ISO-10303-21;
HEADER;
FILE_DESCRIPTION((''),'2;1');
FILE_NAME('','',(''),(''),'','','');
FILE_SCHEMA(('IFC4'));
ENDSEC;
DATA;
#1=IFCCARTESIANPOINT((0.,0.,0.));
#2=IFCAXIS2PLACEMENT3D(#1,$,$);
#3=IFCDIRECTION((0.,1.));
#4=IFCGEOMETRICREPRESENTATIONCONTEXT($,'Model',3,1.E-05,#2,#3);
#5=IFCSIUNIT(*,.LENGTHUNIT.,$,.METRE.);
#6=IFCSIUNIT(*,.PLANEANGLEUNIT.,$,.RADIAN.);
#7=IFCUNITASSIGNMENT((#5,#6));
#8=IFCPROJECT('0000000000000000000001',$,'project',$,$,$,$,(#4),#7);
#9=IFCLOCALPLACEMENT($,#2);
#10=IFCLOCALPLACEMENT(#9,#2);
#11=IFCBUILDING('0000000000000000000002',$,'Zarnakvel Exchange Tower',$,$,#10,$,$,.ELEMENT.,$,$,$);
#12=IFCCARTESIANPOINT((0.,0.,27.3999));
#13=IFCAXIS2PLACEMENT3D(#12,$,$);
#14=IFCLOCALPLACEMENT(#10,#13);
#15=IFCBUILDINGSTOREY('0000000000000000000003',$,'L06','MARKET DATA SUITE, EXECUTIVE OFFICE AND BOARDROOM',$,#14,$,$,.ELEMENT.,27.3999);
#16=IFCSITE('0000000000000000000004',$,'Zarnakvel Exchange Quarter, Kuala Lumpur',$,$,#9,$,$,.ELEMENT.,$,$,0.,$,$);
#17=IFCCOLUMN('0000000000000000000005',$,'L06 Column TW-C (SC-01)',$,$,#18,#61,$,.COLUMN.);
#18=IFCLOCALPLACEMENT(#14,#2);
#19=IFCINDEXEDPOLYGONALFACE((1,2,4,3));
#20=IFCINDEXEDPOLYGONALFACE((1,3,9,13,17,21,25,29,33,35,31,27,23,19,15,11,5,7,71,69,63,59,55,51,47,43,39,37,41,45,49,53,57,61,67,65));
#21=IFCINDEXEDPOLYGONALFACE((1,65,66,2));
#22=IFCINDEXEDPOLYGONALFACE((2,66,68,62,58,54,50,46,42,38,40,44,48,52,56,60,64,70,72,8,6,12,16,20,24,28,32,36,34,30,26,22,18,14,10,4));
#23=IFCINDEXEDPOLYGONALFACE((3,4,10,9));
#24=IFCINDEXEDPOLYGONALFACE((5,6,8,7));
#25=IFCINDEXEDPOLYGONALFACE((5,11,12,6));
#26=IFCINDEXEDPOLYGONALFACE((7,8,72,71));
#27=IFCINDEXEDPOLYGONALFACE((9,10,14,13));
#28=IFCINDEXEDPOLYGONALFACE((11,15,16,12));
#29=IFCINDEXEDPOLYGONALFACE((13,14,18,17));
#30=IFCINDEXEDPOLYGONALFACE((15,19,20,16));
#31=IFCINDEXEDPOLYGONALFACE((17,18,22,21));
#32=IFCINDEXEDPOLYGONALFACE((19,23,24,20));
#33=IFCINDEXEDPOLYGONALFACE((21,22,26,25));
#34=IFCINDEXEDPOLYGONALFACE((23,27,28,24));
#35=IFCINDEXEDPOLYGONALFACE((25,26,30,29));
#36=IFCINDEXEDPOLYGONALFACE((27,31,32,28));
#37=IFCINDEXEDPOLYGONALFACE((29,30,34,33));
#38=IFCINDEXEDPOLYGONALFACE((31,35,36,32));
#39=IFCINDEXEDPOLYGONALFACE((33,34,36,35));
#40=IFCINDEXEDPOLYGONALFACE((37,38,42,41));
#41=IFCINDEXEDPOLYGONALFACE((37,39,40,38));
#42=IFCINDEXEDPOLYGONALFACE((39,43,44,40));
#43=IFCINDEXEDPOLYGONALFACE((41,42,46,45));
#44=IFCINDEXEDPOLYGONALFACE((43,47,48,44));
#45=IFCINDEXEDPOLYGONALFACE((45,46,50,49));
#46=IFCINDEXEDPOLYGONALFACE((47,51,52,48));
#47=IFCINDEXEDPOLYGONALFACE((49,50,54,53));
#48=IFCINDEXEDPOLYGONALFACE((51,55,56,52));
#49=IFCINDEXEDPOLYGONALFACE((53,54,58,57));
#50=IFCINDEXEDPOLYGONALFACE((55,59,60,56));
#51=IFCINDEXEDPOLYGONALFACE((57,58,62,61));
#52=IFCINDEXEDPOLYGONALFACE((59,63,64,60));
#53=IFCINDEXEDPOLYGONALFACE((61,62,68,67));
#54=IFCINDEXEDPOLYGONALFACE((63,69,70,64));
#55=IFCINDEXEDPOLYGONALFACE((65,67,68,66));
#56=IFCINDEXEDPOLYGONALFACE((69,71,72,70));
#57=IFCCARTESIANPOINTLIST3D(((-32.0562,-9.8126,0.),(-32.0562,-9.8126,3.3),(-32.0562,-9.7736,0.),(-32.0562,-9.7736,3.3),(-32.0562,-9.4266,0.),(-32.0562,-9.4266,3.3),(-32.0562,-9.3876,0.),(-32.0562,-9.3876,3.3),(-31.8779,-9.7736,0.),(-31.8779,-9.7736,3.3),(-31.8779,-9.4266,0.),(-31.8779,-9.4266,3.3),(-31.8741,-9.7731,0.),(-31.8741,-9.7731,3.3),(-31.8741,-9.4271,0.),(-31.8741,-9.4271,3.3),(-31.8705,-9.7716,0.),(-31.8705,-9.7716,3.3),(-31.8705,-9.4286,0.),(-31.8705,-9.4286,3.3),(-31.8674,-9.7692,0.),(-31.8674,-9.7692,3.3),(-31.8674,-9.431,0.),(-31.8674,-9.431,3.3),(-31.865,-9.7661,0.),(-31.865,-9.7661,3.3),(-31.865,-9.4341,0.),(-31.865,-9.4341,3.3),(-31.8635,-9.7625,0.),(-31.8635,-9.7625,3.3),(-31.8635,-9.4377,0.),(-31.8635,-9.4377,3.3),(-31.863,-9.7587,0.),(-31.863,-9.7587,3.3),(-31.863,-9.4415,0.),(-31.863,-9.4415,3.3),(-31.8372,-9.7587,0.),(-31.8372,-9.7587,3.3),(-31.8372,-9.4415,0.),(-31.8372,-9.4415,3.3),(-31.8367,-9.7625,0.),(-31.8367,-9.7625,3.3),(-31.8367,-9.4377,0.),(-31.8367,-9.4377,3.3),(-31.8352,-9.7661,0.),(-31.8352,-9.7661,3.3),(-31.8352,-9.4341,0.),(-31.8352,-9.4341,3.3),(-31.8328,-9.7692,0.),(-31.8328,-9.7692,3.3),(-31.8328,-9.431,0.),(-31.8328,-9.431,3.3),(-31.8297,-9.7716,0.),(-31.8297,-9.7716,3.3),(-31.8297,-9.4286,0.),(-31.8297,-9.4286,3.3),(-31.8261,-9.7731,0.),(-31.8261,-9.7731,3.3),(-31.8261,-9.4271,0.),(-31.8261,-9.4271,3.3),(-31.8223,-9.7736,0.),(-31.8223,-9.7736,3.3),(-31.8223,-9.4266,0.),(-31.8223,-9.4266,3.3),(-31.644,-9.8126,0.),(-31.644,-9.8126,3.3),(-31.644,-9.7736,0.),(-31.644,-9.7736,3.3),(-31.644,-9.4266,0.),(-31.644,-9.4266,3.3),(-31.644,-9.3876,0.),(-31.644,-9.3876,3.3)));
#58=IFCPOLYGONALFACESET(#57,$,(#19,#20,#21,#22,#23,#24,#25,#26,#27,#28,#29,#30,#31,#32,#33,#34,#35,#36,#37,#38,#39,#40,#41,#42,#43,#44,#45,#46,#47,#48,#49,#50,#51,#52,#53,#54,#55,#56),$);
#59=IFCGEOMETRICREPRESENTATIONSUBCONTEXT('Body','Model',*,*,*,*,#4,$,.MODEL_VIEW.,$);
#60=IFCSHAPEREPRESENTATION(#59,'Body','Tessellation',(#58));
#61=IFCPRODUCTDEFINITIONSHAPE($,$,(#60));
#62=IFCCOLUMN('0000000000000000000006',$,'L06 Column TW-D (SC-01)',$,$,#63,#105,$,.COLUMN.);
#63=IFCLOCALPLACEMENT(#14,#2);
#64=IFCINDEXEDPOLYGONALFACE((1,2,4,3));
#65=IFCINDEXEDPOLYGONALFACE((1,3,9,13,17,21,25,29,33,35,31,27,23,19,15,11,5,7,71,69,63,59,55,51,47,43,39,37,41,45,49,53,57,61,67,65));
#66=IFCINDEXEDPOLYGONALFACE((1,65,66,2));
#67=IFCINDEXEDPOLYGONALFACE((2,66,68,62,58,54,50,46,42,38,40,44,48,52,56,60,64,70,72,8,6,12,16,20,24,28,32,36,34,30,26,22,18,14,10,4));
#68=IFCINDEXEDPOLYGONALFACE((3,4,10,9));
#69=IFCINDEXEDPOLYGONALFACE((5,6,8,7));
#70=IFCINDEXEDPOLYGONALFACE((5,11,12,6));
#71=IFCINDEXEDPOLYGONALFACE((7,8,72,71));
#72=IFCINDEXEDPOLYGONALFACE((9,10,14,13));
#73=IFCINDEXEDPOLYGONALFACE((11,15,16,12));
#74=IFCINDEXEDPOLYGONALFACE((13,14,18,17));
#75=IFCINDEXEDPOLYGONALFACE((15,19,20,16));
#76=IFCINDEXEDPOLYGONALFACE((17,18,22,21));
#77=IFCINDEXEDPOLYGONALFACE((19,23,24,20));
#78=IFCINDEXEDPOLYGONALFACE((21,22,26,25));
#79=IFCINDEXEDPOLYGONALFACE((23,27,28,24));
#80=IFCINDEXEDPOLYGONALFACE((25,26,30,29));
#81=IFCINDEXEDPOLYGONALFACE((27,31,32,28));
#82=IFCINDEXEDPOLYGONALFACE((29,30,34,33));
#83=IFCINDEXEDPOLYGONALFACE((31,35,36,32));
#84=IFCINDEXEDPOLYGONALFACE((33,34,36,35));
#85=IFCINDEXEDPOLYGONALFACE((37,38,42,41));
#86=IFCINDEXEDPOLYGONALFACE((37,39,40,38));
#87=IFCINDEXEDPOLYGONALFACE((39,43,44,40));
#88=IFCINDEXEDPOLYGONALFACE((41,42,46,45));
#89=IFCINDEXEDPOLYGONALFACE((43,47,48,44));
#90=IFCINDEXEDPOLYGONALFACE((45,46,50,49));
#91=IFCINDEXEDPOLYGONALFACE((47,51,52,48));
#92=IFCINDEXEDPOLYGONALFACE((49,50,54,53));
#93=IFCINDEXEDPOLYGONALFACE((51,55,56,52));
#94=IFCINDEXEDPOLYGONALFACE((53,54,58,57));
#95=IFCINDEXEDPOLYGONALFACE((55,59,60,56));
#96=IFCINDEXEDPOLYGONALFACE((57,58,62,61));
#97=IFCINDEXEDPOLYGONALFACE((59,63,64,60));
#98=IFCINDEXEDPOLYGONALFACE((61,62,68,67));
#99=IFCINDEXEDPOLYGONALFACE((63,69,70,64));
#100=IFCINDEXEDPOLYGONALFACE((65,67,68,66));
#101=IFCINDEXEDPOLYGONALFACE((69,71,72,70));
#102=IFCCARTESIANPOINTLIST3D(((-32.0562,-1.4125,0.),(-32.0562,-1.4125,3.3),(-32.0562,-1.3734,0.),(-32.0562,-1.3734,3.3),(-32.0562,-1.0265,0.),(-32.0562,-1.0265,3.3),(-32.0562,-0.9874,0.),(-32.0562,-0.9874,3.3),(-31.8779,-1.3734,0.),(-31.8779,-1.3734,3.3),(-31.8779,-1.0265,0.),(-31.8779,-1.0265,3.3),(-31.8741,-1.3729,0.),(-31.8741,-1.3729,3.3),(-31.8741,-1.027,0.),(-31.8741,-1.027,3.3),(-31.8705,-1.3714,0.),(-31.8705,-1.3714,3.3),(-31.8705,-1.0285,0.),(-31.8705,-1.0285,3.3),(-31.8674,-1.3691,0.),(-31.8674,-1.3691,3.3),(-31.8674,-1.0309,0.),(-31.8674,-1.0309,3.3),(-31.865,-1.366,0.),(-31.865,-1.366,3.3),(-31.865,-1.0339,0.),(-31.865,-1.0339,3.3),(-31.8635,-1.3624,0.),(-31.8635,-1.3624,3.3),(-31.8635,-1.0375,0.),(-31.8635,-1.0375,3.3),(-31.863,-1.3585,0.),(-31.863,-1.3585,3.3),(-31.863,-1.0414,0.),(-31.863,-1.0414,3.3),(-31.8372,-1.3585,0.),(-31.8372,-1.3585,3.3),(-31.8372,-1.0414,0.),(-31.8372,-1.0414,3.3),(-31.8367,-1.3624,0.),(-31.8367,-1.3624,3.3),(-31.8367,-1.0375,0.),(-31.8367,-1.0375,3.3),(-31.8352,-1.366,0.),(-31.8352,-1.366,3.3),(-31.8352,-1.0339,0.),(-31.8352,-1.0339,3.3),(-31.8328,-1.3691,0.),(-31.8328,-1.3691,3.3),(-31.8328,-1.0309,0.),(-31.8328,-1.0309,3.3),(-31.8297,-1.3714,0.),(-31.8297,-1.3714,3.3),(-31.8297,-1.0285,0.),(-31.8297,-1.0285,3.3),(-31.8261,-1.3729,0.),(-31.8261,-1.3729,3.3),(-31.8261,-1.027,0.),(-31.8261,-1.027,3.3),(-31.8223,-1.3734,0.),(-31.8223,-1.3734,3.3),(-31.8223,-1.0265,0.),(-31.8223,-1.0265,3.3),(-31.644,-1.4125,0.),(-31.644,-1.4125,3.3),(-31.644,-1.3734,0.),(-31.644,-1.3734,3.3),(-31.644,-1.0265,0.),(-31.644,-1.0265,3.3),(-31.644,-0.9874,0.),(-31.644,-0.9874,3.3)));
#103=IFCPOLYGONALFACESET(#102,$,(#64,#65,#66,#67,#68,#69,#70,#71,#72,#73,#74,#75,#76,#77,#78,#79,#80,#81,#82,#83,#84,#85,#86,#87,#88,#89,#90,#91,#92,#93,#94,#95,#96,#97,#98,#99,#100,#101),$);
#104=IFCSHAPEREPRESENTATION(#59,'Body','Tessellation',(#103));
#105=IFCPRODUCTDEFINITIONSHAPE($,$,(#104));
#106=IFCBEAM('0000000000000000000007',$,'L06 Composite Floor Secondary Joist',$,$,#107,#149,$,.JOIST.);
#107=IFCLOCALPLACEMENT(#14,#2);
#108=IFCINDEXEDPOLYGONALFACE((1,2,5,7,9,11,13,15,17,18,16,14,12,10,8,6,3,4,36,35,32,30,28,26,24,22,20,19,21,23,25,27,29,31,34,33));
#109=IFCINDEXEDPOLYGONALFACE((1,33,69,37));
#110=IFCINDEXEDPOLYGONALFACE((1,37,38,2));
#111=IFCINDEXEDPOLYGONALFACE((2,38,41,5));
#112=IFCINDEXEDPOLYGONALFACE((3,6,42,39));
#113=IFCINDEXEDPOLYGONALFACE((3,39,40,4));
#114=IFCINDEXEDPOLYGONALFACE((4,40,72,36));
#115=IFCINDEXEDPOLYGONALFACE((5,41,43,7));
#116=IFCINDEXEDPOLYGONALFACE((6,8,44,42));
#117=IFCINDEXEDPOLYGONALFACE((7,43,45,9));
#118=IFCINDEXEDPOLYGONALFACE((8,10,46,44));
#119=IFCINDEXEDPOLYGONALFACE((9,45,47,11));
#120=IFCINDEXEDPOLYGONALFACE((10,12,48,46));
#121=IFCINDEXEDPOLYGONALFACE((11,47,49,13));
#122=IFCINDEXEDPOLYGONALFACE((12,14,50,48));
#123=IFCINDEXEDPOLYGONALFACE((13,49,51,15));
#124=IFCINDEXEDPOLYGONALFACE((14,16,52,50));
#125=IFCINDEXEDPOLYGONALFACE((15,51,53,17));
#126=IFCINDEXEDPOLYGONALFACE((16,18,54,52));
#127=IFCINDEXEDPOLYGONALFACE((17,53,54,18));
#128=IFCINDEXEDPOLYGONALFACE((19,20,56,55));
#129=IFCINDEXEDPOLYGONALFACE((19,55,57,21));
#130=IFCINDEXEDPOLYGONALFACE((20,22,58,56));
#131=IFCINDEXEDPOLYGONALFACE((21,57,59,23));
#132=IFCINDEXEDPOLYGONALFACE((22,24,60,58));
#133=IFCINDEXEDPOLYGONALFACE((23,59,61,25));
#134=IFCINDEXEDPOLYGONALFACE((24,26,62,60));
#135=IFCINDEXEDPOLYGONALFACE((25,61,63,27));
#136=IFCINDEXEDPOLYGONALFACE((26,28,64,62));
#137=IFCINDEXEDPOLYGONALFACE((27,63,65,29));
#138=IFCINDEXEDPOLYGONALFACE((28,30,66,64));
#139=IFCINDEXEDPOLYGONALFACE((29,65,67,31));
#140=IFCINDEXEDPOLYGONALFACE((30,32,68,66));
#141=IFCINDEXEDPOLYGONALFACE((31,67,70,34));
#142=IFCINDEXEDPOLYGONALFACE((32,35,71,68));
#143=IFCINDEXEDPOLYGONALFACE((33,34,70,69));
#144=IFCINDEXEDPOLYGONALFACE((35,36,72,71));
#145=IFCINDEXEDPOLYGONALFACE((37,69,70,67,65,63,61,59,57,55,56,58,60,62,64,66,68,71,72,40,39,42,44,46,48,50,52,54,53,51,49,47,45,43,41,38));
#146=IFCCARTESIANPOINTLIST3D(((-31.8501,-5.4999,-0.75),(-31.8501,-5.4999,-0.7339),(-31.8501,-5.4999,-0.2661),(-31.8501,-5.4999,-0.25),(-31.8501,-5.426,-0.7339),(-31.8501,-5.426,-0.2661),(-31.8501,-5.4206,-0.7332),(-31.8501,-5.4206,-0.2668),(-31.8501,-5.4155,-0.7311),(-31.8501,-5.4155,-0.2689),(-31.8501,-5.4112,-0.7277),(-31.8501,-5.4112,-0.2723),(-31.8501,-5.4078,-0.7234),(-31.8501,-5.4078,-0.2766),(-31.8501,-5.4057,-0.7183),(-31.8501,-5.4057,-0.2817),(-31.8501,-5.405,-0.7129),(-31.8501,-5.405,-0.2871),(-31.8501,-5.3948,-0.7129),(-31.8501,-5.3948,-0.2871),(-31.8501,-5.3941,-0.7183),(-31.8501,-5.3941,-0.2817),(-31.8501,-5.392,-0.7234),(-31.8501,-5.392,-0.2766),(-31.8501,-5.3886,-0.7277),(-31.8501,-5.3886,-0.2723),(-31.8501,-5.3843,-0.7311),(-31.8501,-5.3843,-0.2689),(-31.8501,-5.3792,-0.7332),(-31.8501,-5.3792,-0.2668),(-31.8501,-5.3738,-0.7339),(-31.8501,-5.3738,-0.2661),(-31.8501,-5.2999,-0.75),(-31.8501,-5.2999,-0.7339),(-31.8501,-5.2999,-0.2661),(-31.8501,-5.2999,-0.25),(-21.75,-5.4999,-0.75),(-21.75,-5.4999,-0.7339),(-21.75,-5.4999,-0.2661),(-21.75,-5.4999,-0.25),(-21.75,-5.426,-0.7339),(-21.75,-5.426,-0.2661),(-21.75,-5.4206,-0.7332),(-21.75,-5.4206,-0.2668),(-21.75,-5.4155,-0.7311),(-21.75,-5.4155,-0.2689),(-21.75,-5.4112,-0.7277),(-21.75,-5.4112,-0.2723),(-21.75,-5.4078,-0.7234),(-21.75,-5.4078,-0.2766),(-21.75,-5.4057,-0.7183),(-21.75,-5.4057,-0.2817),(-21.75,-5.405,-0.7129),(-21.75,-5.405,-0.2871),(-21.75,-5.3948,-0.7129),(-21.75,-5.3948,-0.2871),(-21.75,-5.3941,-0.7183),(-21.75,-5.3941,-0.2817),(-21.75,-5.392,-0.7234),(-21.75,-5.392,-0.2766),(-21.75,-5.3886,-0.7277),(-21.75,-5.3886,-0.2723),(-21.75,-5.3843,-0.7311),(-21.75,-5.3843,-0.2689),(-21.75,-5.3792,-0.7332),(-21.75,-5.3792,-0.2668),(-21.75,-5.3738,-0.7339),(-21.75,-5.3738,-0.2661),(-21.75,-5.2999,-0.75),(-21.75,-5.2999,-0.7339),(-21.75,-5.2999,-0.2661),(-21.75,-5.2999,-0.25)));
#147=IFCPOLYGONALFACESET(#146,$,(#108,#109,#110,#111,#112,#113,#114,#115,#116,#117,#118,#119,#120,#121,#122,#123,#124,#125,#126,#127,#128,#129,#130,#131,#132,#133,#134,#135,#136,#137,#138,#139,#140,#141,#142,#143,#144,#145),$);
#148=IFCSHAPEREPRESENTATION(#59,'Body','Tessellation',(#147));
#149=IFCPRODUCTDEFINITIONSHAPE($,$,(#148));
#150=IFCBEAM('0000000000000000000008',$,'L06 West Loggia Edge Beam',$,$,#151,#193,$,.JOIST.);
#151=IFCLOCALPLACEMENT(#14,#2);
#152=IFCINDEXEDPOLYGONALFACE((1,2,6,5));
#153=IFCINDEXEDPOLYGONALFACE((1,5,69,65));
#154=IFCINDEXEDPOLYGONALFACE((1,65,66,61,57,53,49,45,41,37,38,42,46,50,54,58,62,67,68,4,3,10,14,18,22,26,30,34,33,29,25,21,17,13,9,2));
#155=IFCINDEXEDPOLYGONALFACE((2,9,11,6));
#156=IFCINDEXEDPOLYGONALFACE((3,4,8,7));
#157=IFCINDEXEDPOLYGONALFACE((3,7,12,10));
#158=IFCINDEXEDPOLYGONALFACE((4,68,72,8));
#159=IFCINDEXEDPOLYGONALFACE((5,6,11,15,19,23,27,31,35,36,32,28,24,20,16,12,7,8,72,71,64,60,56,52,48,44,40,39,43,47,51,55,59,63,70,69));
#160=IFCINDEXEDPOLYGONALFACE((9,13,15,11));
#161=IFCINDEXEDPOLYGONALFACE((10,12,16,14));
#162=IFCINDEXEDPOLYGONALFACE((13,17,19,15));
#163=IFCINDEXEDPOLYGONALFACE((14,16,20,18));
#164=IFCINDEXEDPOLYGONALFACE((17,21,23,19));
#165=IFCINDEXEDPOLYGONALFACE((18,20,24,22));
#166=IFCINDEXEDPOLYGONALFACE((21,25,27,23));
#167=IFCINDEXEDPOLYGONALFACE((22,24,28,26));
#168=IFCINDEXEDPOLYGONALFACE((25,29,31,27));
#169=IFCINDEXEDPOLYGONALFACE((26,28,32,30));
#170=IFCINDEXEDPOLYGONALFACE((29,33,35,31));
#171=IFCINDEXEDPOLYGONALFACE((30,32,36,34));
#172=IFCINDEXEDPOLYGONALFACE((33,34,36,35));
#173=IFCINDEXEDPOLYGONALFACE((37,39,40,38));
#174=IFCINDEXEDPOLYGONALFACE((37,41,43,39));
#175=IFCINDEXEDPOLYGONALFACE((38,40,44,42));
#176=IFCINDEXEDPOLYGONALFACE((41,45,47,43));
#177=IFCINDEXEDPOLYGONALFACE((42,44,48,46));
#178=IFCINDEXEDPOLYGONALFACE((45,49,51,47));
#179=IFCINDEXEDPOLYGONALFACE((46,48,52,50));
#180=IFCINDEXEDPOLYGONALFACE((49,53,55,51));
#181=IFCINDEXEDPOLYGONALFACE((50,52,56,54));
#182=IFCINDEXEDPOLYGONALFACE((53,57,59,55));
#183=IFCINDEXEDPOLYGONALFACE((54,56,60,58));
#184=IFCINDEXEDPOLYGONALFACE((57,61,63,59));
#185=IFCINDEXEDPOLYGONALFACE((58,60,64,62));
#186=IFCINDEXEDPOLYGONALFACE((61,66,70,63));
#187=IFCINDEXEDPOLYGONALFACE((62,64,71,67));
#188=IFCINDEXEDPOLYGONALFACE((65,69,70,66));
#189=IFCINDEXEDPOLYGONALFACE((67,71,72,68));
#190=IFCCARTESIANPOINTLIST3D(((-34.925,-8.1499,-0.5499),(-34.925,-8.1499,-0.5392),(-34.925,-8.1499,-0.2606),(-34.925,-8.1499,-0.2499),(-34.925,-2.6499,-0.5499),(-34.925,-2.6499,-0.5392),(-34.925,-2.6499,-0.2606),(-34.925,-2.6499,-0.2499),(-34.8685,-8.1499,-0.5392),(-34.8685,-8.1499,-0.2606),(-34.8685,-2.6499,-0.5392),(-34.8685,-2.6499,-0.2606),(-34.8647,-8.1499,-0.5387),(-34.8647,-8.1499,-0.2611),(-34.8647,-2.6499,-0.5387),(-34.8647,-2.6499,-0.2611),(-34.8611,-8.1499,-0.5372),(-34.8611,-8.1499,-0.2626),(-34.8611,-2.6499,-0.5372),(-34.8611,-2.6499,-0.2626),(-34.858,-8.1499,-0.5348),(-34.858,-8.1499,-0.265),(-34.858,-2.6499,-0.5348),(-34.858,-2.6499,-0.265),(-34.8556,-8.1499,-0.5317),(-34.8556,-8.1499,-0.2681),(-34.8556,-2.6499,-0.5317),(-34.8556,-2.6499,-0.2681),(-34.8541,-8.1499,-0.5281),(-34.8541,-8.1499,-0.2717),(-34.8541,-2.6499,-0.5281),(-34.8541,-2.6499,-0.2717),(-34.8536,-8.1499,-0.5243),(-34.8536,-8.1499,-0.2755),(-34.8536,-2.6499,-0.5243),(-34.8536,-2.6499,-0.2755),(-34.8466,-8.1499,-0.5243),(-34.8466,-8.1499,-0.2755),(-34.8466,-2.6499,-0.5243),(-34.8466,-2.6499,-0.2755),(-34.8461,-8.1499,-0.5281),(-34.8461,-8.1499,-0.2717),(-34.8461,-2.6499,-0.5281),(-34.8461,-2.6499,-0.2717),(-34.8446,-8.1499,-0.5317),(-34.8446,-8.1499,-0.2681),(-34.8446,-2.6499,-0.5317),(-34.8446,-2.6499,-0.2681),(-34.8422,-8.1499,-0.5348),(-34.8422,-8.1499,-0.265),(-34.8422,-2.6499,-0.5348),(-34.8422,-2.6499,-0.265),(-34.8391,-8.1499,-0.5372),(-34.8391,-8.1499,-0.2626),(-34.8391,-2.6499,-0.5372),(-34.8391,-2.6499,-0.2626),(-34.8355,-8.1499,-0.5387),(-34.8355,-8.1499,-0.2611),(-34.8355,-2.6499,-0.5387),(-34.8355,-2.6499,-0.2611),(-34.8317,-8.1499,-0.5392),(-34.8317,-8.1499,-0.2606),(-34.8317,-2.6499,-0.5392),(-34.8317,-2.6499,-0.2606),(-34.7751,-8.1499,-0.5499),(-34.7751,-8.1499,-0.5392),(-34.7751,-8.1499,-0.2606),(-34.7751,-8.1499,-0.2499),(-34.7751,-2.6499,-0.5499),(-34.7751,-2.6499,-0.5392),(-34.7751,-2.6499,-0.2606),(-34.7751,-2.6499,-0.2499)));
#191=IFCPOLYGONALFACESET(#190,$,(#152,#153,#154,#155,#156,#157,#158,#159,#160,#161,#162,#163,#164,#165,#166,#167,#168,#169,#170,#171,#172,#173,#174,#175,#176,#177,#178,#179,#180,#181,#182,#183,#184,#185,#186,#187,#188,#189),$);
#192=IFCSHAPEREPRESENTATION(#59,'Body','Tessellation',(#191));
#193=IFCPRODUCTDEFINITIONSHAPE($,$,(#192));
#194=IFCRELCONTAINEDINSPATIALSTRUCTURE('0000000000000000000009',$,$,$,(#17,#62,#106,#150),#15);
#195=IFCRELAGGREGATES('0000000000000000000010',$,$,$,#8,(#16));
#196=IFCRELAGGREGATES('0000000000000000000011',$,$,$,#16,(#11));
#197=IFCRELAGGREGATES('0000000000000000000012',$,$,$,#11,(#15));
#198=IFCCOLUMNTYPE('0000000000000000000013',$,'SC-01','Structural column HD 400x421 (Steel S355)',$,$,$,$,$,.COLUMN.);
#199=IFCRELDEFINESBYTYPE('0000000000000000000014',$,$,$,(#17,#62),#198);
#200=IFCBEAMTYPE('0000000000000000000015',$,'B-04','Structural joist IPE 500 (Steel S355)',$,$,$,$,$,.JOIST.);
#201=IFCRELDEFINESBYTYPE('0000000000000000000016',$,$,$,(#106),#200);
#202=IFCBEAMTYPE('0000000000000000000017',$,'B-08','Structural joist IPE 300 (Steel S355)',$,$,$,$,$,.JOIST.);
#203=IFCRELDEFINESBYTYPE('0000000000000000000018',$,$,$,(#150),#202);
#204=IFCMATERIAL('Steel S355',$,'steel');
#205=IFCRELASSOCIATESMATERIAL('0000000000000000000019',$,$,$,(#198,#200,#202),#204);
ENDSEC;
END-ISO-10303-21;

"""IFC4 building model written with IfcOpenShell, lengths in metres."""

from ifc_helpers import new_model, si_unit, direction, frame, origin, origin_2d, place, context, subcontext, project, spatial, i_section, extrude, material, material_profile, profile_set, type_object, element, save


model = new_model("IFC4")

# Units and contexts
model_context = context("Model", 3, precision=1e-05, world=origin(), true_north=direction((0.0, 1.0)))
body_context = subcontext(model_context, "Body", "Model", "MODEL_VIEW")
ifc_project = project(units=[si_unit("LENGTHUNIT", "METRE"), si_unit("PLANEANGLEUNIT", "RADIAN")], contexts=[model_context])

# Site, building, storey
site_placement = place(None, origin())
site = spatial("IfcSite", under=ifc_project, at=site_placement, Name="Zarnakvel Exchange Quarter, Kuala Lumpur", CompositionType="ELEMENT", RefElevation=0.0)
building_placement = place(site_placement, origin())
building = spatial("IfcBuilding", under=site, at=building_placement, Name="Zarnakvel Exchange Tower", CompositionType="ELEMENT")
storey_placement = place(building_placement, frame((0.0, 0.0, 27.3999)))
storey = spatial("IfcBuildingStorey", under=building, at=storey_placement, Name="L06", Description="MARKET DATA SUITE, EXECUTIVE OFFICE AND BOARDROOM", CompositionType="ELEMENT", Elevation=27.3999)

# Columns
ifc_material_1 = material(Name="Steel S355", Category="steel")
ifc_material_profile_1 = material_profile(ifc_material_1, i_section(OverallWidth=0.4121, OverallDepth=0.425, WebThickness=0.0259, FlangeThickness=0.0391, FilletRadius=0.0149, at=origin_2d()))
ifc_profile_set_1 = profile_set([ifc_material_profile_1], Name="Steel S355")
column_type = type_object("IfcColumnType", Name="SC-01", Description="Structural column HD 400x421 (Steel S355)", PredefinedType="COLUMN", material=ifc_profile_set_1)
for number, where, z_axis, x_axis, name in (
    (1, (-31.8501, -9.6001, 0.0), (0.0, 0.0, 1.0), (1.0, 0.0, 0.0), "L06 Column TW-C (SC-01)"),
    (2, (-31.8501, -1.2, 0.0), (0.0, 0.0, 1.0), (1.0, 0.0, 0.0), "L06 Column TW-D (SC-01)"),
):
    element("IfcColumn", number, at=place(storey_placement, frame(where, z_axis=z_axis, x_axis=x_axis)), inside=storey, type_object=column_type, Name=name, PredefinedType="COLUMN", context=body_context, shape_type="SweptSolid", body=[
        extrude(i_section(OverallWidth=0.4121, OverallDepth=0.425, WebThickness=0.0259, FlangeThickness=0.0391, FilletRadius=0.0149, at=origin_2d()), origin(), (0.0, 0.0, 1.0), 3.3),
    ])

# Beams
ifc_material_profile_2 = material_profile(ifc_material_1, i_section(OverallWidth=0.2, OverallDepth=0.5, WebThickness=0.0103, FlangeThickness=0.0161, FilletRadius=0.021, at=origin_2d()))
ifc_profile_set_2 = profile_set([ifc_material_profile_2], Name="Steel S355")
beam_type_1 = type_object("IfcBeamType", Name="B-04", Description="Structural joist IPE 500 (Steel S355)", PredefinedType="JOIST", material=ifc_profile_set_2)
beam_1_placement = place(storey_placement, frame((-31.8501, -5.3999, -0.5), z_axis=(1.0, 0.0, 0.0), x_axis=(0.0, 1.0, 0.0)))
element("IfcBeam", 3, at=beam_1_placement, inside=storey, type_object=beam_type_1, Name="L06 Composite Floor Secondary Joist", PredefinedType="JOIST", context=body_context, shape_type="SweptSolid", body=[
    extrude(i_section(OverallWidth=0.2, OverallDepth=0.5, WebThickness=0.0103, FlangeThickness=0.0161, FilletRadius=0.021, at=origin_2d()), origin(), (0.0, 0.0, 1.0), 10.1001),
])
ifc_material_profile_3 = material_profile(ifc_material_1, i_section(OverallWidth=0.1499, OverallDepth=0.3, WebThickness=0.0071, FlangeThickness=0.0107, FilletRadius=0.0149, at=origin_2d()))
ifc_profile_set_3 = profile_set([ifc_material_profile_3], Name="Steel S355")
beam_type_2 = type_object("IfcBeamType", Name="B-08", Description="Structural joist IPE 300 (Steel S355)", PredefinedType="JOIST", material=ifc_profile_set_3)
beam_2_placement = place(storey_placement, frame((-34.8501, -8.1499, -0.3999), z_axis=(0.0, 1.0, 0.0), x_axis=(-1.0, 0.0, 0.0)))
element("IfcBeam", 4, at=beam_2_placement, inside=storey, type_object=beam_type_2, Name="L06 West Loggia Edge Beam", PredefinedType="JOIST", context=body_context, shape_type="SweptSolid", body=[
    extrude(i_section(OverallWidth=0.1499, OverallDepth=0.3, WebThickness=0.0071, FlangeThickness=0.0107, FilletRadius=0.0149, at=origin_2d()), origin(), (0.0, 0.0, 1.0), 5.5),
])

save(model, "model.ifc")
